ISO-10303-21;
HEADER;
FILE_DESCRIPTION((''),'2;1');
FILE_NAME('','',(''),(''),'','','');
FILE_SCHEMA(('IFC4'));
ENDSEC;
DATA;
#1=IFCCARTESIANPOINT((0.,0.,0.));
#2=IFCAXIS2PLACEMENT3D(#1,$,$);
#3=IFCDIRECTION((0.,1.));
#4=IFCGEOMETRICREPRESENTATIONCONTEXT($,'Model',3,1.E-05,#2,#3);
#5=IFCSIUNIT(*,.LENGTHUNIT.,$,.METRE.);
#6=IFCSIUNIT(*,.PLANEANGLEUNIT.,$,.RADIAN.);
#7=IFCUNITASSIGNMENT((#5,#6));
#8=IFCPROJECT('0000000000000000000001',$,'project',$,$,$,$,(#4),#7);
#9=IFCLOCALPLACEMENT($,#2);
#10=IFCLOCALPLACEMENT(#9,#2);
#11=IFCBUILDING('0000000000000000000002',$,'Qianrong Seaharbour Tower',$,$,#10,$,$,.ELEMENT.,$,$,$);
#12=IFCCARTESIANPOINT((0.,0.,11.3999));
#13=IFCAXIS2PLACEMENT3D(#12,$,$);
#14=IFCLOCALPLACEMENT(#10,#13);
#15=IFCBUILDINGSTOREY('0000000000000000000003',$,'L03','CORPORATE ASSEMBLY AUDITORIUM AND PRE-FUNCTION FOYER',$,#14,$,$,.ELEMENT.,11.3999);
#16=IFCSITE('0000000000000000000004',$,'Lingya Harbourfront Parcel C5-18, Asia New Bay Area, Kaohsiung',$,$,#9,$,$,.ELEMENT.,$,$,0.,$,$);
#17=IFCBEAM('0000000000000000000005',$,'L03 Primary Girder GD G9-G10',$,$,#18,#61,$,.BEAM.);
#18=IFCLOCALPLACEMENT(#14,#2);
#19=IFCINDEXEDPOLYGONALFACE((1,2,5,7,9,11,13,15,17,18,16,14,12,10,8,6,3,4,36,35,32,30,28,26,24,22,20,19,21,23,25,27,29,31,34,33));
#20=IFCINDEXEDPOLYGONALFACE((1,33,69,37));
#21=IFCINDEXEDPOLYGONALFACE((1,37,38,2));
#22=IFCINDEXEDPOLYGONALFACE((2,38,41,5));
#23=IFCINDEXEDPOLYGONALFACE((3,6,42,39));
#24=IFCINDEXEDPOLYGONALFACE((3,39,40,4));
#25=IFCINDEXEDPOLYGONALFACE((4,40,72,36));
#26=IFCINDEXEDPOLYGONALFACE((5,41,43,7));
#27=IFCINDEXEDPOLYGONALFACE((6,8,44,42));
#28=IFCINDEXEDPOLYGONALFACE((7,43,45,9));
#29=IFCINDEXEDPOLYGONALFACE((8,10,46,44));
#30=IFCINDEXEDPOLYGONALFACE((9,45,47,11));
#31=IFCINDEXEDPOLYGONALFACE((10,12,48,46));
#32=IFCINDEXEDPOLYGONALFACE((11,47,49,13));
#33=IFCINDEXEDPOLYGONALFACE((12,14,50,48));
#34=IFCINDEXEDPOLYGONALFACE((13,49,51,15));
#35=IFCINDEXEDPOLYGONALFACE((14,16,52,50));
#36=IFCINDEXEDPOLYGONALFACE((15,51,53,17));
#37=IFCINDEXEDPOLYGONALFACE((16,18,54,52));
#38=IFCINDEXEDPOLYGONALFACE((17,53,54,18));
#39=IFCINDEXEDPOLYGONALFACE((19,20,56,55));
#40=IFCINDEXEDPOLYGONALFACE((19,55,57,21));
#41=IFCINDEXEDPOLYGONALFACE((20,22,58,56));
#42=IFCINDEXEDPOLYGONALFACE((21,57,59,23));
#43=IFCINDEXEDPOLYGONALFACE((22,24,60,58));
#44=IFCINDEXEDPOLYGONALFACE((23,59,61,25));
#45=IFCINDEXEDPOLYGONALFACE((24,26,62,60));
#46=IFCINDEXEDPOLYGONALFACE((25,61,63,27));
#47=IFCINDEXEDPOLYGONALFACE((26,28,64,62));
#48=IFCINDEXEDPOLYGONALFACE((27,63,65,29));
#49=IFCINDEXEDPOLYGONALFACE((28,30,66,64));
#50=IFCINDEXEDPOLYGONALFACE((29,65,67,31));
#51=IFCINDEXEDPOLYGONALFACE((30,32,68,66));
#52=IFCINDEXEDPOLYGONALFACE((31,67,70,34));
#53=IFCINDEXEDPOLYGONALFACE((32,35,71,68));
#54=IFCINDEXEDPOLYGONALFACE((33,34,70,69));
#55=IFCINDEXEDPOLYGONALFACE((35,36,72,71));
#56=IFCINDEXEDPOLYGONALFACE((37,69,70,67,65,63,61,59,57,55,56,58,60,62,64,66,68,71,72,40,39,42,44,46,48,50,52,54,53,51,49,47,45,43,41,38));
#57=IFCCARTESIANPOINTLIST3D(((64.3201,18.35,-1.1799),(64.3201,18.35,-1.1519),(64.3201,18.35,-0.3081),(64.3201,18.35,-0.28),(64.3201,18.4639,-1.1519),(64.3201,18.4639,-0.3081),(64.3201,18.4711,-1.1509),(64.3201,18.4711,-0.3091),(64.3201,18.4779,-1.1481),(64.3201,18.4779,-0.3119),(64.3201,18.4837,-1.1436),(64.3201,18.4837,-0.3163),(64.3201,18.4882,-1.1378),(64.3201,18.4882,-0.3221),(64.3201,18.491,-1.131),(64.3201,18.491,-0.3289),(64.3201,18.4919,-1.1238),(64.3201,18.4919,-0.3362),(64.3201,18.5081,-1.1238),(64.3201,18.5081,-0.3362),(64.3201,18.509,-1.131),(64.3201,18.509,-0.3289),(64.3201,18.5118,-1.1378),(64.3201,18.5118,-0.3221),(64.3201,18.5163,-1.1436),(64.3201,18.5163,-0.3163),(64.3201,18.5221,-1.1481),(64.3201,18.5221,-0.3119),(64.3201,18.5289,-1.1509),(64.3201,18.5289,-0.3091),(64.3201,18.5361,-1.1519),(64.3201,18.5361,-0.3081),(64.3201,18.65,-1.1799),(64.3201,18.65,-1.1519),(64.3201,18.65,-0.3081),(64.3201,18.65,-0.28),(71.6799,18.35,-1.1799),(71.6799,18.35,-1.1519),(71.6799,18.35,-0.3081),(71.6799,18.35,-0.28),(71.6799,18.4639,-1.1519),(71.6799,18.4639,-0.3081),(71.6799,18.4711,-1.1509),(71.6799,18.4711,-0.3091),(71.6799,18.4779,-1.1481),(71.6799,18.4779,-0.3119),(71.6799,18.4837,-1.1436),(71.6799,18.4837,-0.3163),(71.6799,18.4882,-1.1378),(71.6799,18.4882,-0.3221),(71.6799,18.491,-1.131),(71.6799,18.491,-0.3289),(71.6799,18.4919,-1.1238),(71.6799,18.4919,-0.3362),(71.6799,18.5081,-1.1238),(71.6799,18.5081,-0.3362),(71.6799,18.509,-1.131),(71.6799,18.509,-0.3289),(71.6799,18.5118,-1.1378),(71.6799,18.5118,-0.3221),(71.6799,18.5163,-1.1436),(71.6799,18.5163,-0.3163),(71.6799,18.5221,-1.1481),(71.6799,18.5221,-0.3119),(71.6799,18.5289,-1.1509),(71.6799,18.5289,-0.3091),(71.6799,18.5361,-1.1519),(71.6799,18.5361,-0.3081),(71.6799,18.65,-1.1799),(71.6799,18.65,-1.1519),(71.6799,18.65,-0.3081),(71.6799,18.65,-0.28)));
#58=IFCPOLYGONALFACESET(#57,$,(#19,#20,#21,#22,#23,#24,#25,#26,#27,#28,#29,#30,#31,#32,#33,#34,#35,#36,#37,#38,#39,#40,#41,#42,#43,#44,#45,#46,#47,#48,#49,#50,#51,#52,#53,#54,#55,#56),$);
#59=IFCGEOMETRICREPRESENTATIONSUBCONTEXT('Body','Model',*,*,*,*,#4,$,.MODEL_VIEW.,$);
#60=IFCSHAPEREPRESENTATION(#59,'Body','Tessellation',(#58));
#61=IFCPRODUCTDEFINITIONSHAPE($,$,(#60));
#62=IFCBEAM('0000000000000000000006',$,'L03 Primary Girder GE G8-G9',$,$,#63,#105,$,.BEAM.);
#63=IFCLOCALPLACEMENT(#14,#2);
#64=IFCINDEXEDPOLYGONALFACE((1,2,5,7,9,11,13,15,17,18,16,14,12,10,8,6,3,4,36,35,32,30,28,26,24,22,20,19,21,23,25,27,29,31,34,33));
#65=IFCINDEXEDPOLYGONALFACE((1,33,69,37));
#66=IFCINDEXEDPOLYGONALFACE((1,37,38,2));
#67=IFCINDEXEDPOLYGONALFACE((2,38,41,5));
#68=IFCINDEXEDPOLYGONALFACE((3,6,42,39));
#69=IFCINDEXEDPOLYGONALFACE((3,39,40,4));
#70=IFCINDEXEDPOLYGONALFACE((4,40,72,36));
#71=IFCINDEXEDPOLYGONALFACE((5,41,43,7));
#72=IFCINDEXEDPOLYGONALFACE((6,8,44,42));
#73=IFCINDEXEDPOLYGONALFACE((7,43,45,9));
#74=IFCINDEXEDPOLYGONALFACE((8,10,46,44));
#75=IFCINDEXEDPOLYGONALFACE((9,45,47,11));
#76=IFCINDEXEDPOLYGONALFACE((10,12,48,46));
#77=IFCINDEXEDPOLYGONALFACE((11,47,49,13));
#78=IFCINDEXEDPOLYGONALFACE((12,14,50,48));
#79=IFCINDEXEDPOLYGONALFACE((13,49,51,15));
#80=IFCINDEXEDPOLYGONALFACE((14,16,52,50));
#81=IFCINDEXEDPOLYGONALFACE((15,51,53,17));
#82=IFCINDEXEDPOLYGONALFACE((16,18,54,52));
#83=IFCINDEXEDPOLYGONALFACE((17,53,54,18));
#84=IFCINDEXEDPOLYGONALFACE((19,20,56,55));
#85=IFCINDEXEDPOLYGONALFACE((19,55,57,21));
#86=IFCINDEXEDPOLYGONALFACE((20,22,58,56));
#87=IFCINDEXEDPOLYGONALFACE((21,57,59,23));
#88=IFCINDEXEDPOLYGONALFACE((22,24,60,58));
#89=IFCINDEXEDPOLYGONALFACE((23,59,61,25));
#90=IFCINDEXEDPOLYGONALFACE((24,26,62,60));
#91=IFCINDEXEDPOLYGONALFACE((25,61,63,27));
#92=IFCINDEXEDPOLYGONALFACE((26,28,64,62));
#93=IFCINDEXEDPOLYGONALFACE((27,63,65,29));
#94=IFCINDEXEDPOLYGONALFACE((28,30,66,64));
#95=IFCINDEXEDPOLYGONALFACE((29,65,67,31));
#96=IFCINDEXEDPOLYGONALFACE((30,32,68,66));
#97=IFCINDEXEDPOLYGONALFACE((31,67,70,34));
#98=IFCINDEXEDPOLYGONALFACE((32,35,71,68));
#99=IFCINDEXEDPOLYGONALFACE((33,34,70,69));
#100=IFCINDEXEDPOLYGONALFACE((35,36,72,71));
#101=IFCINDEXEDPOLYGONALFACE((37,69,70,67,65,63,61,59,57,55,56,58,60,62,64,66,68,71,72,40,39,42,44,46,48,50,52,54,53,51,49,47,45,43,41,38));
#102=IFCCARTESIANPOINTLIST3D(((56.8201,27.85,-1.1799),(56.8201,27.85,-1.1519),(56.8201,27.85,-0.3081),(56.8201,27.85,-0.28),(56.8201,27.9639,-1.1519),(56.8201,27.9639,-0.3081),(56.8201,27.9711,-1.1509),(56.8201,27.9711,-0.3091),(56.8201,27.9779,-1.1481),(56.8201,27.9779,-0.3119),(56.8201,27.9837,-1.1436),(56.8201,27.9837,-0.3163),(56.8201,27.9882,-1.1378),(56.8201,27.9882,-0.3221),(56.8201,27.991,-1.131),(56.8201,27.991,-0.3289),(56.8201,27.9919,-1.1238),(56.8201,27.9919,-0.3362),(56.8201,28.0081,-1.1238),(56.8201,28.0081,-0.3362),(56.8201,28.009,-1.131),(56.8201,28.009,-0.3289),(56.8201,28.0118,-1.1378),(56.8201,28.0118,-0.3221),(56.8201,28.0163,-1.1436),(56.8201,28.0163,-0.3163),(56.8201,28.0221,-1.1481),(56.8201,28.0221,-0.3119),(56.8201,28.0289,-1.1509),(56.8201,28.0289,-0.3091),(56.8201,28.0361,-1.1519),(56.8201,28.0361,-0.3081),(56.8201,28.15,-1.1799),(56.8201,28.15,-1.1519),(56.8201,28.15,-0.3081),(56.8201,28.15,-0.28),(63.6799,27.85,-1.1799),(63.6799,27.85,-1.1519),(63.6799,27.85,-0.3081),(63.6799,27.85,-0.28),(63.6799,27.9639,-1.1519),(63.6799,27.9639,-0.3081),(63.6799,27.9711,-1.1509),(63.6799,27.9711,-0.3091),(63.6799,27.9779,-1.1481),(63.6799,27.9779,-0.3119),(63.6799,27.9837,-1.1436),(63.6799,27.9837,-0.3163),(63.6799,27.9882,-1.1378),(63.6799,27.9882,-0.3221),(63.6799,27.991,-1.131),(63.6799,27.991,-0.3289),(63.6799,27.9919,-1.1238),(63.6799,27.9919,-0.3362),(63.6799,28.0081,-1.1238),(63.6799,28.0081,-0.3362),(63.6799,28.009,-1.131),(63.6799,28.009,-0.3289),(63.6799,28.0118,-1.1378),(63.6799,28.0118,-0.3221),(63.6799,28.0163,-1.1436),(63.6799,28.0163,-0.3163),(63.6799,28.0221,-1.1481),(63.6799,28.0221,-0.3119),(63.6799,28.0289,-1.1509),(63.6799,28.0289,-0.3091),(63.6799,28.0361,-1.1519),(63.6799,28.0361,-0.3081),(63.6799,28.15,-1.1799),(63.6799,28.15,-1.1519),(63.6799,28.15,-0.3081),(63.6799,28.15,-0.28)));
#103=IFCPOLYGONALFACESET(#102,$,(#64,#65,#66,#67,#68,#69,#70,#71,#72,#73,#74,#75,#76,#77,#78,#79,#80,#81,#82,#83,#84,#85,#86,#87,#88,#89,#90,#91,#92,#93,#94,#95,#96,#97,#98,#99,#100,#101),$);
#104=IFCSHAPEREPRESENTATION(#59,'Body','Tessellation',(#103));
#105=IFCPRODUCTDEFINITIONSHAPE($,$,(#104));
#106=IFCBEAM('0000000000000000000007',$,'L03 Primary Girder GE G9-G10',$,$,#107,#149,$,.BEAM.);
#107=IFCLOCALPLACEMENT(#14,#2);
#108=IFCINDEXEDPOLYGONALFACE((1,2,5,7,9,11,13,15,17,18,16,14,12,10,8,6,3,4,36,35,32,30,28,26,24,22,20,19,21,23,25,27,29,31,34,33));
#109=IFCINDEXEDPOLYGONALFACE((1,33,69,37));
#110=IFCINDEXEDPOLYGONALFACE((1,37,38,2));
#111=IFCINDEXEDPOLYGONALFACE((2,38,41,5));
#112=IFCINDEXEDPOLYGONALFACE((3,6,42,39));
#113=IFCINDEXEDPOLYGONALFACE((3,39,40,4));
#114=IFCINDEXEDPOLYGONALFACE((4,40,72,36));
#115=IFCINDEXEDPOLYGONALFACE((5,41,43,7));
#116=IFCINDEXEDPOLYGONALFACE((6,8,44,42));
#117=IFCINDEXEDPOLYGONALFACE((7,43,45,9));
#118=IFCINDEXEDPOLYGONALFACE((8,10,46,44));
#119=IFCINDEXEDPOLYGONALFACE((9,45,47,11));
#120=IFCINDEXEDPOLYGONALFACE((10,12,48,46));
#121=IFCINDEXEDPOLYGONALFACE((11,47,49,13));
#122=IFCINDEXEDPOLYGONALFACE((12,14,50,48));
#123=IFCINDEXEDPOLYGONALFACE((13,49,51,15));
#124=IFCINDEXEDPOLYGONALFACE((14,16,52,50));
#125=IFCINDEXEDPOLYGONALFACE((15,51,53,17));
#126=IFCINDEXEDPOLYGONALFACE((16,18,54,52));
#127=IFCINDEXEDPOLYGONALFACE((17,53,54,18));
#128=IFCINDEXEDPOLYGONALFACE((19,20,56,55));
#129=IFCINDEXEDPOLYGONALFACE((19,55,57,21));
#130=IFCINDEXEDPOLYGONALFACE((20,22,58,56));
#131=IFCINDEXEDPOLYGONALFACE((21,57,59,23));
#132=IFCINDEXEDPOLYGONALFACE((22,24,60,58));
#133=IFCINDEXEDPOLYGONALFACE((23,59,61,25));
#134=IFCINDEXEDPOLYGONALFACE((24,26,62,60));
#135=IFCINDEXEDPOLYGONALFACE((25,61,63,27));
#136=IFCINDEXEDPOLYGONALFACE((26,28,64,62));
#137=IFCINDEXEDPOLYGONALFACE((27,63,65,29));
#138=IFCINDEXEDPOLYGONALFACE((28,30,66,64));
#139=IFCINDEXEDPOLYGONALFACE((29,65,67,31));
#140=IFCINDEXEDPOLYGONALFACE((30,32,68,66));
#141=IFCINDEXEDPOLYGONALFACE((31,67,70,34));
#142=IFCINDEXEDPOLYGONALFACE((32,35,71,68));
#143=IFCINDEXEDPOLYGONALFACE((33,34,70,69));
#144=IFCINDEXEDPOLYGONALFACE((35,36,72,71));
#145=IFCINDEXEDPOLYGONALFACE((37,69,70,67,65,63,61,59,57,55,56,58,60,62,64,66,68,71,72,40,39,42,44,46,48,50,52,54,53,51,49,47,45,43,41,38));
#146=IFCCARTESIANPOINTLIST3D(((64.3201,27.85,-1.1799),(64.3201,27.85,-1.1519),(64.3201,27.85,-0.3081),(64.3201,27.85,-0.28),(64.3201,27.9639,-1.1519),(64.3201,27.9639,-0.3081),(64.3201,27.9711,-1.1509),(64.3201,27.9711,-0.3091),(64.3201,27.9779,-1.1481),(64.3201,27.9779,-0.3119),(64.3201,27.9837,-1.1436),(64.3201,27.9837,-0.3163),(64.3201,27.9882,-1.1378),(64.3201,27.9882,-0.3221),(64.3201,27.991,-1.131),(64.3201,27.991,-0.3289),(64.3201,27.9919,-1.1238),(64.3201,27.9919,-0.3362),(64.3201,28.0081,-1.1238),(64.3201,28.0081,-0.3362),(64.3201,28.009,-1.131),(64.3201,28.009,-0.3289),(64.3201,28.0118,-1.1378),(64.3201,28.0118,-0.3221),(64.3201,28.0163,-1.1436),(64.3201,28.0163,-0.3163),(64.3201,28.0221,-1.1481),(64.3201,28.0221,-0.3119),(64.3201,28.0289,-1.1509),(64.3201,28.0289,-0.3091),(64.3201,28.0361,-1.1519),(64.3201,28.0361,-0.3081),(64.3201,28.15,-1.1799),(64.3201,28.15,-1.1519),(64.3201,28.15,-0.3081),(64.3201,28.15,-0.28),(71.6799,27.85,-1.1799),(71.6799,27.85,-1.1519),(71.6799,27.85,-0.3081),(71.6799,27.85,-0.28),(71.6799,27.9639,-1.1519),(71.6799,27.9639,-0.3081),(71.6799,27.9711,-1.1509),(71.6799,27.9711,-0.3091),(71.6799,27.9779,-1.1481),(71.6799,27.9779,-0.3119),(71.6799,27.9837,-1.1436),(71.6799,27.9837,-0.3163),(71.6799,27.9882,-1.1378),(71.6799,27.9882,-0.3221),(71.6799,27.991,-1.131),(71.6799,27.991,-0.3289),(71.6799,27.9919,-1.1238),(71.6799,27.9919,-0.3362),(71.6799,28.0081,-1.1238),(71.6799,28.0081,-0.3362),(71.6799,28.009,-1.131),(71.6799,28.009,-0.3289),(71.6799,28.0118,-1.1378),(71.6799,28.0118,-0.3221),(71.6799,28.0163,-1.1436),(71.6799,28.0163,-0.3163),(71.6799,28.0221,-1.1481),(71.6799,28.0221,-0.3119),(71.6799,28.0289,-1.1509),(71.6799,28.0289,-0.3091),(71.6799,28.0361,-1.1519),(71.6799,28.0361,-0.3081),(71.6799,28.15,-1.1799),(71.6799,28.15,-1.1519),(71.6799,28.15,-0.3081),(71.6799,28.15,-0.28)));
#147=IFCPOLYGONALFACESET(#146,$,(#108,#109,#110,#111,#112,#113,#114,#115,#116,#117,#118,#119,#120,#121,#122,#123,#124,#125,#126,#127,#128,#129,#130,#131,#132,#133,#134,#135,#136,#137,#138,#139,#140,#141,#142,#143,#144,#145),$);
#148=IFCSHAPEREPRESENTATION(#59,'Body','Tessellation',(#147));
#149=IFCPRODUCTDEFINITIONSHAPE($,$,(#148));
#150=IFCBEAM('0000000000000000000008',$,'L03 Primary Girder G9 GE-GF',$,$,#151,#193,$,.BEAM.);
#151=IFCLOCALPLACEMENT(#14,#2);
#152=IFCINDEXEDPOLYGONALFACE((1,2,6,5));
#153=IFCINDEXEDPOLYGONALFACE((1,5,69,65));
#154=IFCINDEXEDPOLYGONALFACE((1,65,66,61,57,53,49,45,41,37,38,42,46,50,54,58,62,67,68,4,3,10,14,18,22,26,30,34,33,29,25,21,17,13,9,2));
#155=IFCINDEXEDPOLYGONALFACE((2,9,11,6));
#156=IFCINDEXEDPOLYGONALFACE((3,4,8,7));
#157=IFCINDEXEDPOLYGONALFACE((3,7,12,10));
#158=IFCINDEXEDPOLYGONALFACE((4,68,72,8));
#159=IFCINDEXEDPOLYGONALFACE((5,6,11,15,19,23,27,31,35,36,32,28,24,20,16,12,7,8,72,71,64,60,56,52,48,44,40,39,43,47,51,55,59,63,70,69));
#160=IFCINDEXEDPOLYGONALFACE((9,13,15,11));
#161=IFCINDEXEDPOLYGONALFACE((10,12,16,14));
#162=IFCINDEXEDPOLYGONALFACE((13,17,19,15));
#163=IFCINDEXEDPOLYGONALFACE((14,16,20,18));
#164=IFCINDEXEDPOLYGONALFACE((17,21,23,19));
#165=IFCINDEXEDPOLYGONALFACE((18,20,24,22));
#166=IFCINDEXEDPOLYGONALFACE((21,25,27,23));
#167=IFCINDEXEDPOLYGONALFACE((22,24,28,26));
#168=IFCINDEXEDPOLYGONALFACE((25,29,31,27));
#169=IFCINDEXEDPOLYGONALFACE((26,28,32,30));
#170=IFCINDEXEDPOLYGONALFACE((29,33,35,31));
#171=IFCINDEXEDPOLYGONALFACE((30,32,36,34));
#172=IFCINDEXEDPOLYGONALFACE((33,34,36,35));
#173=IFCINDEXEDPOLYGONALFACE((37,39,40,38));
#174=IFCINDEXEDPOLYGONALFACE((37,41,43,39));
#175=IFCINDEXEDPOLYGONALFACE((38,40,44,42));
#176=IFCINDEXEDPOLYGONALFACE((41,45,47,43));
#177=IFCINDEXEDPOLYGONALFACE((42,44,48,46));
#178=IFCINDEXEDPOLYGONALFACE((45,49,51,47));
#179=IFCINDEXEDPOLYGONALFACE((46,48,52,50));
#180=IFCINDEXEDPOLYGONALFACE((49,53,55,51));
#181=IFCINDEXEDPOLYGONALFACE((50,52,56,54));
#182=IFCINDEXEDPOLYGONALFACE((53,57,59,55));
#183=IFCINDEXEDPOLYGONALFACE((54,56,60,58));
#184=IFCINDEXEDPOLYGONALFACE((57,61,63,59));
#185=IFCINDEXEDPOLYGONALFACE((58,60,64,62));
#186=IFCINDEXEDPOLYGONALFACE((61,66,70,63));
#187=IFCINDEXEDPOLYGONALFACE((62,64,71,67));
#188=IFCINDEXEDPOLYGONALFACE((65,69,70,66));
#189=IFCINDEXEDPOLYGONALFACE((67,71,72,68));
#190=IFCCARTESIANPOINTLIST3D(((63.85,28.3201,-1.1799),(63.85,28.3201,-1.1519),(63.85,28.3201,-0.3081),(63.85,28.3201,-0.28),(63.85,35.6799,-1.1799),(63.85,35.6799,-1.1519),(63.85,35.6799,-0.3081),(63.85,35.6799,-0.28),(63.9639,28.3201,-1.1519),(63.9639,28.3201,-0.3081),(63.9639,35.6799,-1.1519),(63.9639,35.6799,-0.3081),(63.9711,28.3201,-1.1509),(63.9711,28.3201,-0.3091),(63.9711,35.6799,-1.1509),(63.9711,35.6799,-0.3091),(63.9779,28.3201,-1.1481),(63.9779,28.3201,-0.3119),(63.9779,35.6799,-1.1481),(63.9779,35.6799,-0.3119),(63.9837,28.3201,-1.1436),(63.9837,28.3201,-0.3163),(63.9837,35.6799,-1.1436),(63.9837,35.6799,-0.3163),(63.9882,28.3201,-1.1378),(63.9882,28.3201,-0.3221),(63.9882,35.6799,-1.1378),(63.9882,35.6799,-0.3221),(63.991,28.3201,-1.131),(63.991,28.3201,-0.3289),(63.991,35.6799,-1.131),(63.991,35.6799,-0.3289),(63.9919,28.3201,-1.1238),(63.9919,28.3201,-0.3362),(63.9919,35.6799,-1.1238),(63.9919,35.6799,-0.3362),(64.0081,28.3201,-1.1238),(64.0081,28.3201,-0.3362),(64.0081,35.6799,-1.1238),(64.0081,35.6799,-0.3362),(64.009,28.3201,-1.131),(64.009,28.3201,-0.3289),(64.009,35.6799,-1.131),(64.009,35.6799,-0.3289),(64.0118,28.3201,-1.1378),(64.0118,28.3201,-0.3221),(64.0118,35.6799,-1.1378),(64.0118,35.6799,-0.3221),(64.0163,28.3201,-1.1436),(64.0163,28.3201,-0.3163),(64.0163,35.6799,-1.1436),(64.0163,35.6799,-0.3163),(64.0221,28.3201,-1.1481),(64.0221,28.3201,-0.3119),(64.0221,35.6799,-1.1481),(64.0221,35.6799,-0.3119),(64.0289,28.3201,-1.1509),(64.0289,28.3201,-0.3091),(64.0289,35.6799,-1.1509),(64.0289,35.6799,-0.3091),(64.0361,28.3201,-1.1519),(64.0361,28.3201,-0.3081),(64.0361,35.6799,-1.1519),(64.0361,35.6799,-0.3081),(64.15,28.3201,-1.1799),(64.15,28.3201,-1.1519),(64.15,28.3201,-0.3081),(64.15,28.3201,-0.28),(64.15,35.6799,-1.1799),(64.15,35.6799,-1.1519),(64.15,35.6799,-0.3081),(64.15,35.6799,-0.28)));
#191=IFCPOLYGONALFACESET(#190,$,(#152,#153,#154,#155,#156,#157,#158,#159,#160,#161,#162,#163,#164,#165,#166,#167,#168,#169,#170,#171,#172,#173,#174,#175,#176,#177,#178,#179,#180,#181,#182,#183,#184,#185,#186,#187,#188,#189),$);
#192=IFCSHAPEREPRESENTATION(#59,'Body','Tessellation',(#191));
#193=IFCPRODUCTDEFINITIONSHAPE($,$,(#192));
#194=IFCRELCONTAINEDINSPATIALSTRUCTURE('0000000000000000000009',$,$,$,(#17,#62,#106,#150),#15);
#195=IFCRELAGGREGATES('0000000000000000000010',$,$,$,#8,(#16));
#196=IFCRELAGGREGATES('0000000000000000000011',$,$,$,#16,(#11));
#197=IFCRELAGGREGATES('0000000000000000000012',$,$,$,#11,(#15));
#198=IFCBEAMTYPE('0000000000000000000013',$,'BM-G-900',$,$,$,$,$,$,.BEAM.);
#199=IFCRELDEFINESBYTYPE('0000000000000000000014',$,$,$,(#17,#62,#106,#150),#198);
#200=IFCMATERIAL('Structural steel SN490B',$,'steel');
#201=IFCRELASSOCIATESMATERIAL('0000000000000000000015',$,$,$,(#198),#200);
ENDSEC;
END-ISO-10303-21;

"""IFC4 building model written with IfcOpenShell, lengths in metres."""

from ifc_helpers import new_model, si_unit, direction, frame, origin, origin_2d, place, context, subcontext, project, spatial, i_section, extrude, material, material_profile, profile_set, type_object, element, save


model = new_model("IFC4")

# Units and contexts
model_context = context("Model", 3, precision=1e-05, world=origin(), true_north=direction((0.0, 1.0)))
body_context = subcontext(model_context, "Body", "Model", "MODEL_VIEW")
ifc_project = project(units=[si_unit("LENGTHUNIT", "METRE"), si_unit("PLANEANGLEUNIT", "RADIAN")], contexts=[model_context])

# Site, building, storey
site_placement = place(None, origin())
site = spatial("IfcSite", under=ifc_project, at=site_placement, Name="Lingya Harbourfront Parcel C5-18, Asia New Bay Area, Kaohsiung", CompositionType="ELEMENT", RefElevation=0.0)
building_placement = place(site_placement, origin())
building = spatial("IfcBuilding", under=site, at=building_placement, Name="Qianrong Seaharbour Tower", CompositionType="ELEMENT")
storey_placement = place(building_placement, frame((0.0, 0.0, 11.3999)))
storey = spatial("IfcBuildingStorey", under=building, at=storey_placement, Name="L03", Description="CORPORATE ASSEMBLY AUDITORIUM AND PRE-FUNCTION FOYER", CompositionType="ELEMENT", Elevation=11.3999)

# Shared definitions
ifc_material_1 = material(Name="Structural steel SN490B", Category="steel")

# Beams
ifc_material_profile_1 = material_profile(ifc_material_1, i_section(OverallWidth=0.3, OverallDepth=0.8999, WebThickness=0.0161, FlangeThickness=0.0281, FilletRadius=0.0281, at=origin_2d()), Name="H900x300x16x28")
ifc_profile_set_1 = profile_set([ifc_material_profile_1], Name="Structural steel SN490B")
beam_type_1 = type_object("IfcBeamType", Name="BM-G-900", PredefinedType="BEAM", material=ifc_profile_set_1)
beam_1_placement = place(storey_placement, frame((64.3201, 18.5, -0.73), z_axis=(1.0, 0.0, 0.0), x_axis=(0.0, 1.0, 0.0)))
element("IfcBeam", 1, at=beam_1_placement, inside=storey, type_object=beam_type_1, Name="L03 Primary Girder GD G9-G10", PredefinedType="BEAM", context=body_context, shape_type="SweptSolid", body=[
    extrude(i_section(OverallWidth=0.3, OverallDepth=0.8999, WebThickness=0.0161, FlangeThickness=0.0281, FilletRadius=0.0281, at=origin_2d()), origin(), (0.0, 0.0, 1.0), 7.3599),
])
beam_2_placement = place(storey_placement, frame((56.8201, 28.0, -0.73), z_axis=(1.0, 0.0, 0.0), x_axis=(0.0, 1.0, 0.0)))
element("IfcBeam", 2, at=beam_2_placement, inside=storey, type_object=beam_type_1, Name="L03 Primary Girder GE G8-G9", PredefinedType="BEAM", context=body_context, shape_type="SweptSolid", body=[
    extrude(i_section(OverallWidth=0.3, OverallDepth=0.8999, WebThickness=0.0161, FlangeThickness=0.0281, FilletRadius=0.0281, at=origin_2d()), origin(), (0.0, 0.0, 1.0), 6.8599),
])
for number, where, z_axis, x_axis, name in (
    (3, (64.3201, 28.0, -0.73), (1.0, 0.0, 0.0), (0.0, 1.0, 0.0), "L03 Primary Girder GE G9-G10"),
    (4, (64.0, 28.3201, -0.73), (0.0, 1.0, 0.0), (-1.0, 0.0, 0.0), "L03 Primary Girder G9 GE-GF"),
):
    element("IfcBeam", number, at=place(storey_placement, frame(where, z_axis=z_axis, x_axis=x_axis)), inside=storey, type_object=beam_type_1, Name=name, PredefinedType="BEAM", context=body_context, shape_type="SweptSolid", body=[
        extrude(i_section(OverallWidth=0.3, OverallDepth=0.8999, WebThickness=0.0161, FlangeThickness=0.0281, FilletRadius=0.0281, at=origin_2d()), origin(), (0.0, 0.0, 1.0), 7.3599),
    ])

save(model, "model.ifc")
